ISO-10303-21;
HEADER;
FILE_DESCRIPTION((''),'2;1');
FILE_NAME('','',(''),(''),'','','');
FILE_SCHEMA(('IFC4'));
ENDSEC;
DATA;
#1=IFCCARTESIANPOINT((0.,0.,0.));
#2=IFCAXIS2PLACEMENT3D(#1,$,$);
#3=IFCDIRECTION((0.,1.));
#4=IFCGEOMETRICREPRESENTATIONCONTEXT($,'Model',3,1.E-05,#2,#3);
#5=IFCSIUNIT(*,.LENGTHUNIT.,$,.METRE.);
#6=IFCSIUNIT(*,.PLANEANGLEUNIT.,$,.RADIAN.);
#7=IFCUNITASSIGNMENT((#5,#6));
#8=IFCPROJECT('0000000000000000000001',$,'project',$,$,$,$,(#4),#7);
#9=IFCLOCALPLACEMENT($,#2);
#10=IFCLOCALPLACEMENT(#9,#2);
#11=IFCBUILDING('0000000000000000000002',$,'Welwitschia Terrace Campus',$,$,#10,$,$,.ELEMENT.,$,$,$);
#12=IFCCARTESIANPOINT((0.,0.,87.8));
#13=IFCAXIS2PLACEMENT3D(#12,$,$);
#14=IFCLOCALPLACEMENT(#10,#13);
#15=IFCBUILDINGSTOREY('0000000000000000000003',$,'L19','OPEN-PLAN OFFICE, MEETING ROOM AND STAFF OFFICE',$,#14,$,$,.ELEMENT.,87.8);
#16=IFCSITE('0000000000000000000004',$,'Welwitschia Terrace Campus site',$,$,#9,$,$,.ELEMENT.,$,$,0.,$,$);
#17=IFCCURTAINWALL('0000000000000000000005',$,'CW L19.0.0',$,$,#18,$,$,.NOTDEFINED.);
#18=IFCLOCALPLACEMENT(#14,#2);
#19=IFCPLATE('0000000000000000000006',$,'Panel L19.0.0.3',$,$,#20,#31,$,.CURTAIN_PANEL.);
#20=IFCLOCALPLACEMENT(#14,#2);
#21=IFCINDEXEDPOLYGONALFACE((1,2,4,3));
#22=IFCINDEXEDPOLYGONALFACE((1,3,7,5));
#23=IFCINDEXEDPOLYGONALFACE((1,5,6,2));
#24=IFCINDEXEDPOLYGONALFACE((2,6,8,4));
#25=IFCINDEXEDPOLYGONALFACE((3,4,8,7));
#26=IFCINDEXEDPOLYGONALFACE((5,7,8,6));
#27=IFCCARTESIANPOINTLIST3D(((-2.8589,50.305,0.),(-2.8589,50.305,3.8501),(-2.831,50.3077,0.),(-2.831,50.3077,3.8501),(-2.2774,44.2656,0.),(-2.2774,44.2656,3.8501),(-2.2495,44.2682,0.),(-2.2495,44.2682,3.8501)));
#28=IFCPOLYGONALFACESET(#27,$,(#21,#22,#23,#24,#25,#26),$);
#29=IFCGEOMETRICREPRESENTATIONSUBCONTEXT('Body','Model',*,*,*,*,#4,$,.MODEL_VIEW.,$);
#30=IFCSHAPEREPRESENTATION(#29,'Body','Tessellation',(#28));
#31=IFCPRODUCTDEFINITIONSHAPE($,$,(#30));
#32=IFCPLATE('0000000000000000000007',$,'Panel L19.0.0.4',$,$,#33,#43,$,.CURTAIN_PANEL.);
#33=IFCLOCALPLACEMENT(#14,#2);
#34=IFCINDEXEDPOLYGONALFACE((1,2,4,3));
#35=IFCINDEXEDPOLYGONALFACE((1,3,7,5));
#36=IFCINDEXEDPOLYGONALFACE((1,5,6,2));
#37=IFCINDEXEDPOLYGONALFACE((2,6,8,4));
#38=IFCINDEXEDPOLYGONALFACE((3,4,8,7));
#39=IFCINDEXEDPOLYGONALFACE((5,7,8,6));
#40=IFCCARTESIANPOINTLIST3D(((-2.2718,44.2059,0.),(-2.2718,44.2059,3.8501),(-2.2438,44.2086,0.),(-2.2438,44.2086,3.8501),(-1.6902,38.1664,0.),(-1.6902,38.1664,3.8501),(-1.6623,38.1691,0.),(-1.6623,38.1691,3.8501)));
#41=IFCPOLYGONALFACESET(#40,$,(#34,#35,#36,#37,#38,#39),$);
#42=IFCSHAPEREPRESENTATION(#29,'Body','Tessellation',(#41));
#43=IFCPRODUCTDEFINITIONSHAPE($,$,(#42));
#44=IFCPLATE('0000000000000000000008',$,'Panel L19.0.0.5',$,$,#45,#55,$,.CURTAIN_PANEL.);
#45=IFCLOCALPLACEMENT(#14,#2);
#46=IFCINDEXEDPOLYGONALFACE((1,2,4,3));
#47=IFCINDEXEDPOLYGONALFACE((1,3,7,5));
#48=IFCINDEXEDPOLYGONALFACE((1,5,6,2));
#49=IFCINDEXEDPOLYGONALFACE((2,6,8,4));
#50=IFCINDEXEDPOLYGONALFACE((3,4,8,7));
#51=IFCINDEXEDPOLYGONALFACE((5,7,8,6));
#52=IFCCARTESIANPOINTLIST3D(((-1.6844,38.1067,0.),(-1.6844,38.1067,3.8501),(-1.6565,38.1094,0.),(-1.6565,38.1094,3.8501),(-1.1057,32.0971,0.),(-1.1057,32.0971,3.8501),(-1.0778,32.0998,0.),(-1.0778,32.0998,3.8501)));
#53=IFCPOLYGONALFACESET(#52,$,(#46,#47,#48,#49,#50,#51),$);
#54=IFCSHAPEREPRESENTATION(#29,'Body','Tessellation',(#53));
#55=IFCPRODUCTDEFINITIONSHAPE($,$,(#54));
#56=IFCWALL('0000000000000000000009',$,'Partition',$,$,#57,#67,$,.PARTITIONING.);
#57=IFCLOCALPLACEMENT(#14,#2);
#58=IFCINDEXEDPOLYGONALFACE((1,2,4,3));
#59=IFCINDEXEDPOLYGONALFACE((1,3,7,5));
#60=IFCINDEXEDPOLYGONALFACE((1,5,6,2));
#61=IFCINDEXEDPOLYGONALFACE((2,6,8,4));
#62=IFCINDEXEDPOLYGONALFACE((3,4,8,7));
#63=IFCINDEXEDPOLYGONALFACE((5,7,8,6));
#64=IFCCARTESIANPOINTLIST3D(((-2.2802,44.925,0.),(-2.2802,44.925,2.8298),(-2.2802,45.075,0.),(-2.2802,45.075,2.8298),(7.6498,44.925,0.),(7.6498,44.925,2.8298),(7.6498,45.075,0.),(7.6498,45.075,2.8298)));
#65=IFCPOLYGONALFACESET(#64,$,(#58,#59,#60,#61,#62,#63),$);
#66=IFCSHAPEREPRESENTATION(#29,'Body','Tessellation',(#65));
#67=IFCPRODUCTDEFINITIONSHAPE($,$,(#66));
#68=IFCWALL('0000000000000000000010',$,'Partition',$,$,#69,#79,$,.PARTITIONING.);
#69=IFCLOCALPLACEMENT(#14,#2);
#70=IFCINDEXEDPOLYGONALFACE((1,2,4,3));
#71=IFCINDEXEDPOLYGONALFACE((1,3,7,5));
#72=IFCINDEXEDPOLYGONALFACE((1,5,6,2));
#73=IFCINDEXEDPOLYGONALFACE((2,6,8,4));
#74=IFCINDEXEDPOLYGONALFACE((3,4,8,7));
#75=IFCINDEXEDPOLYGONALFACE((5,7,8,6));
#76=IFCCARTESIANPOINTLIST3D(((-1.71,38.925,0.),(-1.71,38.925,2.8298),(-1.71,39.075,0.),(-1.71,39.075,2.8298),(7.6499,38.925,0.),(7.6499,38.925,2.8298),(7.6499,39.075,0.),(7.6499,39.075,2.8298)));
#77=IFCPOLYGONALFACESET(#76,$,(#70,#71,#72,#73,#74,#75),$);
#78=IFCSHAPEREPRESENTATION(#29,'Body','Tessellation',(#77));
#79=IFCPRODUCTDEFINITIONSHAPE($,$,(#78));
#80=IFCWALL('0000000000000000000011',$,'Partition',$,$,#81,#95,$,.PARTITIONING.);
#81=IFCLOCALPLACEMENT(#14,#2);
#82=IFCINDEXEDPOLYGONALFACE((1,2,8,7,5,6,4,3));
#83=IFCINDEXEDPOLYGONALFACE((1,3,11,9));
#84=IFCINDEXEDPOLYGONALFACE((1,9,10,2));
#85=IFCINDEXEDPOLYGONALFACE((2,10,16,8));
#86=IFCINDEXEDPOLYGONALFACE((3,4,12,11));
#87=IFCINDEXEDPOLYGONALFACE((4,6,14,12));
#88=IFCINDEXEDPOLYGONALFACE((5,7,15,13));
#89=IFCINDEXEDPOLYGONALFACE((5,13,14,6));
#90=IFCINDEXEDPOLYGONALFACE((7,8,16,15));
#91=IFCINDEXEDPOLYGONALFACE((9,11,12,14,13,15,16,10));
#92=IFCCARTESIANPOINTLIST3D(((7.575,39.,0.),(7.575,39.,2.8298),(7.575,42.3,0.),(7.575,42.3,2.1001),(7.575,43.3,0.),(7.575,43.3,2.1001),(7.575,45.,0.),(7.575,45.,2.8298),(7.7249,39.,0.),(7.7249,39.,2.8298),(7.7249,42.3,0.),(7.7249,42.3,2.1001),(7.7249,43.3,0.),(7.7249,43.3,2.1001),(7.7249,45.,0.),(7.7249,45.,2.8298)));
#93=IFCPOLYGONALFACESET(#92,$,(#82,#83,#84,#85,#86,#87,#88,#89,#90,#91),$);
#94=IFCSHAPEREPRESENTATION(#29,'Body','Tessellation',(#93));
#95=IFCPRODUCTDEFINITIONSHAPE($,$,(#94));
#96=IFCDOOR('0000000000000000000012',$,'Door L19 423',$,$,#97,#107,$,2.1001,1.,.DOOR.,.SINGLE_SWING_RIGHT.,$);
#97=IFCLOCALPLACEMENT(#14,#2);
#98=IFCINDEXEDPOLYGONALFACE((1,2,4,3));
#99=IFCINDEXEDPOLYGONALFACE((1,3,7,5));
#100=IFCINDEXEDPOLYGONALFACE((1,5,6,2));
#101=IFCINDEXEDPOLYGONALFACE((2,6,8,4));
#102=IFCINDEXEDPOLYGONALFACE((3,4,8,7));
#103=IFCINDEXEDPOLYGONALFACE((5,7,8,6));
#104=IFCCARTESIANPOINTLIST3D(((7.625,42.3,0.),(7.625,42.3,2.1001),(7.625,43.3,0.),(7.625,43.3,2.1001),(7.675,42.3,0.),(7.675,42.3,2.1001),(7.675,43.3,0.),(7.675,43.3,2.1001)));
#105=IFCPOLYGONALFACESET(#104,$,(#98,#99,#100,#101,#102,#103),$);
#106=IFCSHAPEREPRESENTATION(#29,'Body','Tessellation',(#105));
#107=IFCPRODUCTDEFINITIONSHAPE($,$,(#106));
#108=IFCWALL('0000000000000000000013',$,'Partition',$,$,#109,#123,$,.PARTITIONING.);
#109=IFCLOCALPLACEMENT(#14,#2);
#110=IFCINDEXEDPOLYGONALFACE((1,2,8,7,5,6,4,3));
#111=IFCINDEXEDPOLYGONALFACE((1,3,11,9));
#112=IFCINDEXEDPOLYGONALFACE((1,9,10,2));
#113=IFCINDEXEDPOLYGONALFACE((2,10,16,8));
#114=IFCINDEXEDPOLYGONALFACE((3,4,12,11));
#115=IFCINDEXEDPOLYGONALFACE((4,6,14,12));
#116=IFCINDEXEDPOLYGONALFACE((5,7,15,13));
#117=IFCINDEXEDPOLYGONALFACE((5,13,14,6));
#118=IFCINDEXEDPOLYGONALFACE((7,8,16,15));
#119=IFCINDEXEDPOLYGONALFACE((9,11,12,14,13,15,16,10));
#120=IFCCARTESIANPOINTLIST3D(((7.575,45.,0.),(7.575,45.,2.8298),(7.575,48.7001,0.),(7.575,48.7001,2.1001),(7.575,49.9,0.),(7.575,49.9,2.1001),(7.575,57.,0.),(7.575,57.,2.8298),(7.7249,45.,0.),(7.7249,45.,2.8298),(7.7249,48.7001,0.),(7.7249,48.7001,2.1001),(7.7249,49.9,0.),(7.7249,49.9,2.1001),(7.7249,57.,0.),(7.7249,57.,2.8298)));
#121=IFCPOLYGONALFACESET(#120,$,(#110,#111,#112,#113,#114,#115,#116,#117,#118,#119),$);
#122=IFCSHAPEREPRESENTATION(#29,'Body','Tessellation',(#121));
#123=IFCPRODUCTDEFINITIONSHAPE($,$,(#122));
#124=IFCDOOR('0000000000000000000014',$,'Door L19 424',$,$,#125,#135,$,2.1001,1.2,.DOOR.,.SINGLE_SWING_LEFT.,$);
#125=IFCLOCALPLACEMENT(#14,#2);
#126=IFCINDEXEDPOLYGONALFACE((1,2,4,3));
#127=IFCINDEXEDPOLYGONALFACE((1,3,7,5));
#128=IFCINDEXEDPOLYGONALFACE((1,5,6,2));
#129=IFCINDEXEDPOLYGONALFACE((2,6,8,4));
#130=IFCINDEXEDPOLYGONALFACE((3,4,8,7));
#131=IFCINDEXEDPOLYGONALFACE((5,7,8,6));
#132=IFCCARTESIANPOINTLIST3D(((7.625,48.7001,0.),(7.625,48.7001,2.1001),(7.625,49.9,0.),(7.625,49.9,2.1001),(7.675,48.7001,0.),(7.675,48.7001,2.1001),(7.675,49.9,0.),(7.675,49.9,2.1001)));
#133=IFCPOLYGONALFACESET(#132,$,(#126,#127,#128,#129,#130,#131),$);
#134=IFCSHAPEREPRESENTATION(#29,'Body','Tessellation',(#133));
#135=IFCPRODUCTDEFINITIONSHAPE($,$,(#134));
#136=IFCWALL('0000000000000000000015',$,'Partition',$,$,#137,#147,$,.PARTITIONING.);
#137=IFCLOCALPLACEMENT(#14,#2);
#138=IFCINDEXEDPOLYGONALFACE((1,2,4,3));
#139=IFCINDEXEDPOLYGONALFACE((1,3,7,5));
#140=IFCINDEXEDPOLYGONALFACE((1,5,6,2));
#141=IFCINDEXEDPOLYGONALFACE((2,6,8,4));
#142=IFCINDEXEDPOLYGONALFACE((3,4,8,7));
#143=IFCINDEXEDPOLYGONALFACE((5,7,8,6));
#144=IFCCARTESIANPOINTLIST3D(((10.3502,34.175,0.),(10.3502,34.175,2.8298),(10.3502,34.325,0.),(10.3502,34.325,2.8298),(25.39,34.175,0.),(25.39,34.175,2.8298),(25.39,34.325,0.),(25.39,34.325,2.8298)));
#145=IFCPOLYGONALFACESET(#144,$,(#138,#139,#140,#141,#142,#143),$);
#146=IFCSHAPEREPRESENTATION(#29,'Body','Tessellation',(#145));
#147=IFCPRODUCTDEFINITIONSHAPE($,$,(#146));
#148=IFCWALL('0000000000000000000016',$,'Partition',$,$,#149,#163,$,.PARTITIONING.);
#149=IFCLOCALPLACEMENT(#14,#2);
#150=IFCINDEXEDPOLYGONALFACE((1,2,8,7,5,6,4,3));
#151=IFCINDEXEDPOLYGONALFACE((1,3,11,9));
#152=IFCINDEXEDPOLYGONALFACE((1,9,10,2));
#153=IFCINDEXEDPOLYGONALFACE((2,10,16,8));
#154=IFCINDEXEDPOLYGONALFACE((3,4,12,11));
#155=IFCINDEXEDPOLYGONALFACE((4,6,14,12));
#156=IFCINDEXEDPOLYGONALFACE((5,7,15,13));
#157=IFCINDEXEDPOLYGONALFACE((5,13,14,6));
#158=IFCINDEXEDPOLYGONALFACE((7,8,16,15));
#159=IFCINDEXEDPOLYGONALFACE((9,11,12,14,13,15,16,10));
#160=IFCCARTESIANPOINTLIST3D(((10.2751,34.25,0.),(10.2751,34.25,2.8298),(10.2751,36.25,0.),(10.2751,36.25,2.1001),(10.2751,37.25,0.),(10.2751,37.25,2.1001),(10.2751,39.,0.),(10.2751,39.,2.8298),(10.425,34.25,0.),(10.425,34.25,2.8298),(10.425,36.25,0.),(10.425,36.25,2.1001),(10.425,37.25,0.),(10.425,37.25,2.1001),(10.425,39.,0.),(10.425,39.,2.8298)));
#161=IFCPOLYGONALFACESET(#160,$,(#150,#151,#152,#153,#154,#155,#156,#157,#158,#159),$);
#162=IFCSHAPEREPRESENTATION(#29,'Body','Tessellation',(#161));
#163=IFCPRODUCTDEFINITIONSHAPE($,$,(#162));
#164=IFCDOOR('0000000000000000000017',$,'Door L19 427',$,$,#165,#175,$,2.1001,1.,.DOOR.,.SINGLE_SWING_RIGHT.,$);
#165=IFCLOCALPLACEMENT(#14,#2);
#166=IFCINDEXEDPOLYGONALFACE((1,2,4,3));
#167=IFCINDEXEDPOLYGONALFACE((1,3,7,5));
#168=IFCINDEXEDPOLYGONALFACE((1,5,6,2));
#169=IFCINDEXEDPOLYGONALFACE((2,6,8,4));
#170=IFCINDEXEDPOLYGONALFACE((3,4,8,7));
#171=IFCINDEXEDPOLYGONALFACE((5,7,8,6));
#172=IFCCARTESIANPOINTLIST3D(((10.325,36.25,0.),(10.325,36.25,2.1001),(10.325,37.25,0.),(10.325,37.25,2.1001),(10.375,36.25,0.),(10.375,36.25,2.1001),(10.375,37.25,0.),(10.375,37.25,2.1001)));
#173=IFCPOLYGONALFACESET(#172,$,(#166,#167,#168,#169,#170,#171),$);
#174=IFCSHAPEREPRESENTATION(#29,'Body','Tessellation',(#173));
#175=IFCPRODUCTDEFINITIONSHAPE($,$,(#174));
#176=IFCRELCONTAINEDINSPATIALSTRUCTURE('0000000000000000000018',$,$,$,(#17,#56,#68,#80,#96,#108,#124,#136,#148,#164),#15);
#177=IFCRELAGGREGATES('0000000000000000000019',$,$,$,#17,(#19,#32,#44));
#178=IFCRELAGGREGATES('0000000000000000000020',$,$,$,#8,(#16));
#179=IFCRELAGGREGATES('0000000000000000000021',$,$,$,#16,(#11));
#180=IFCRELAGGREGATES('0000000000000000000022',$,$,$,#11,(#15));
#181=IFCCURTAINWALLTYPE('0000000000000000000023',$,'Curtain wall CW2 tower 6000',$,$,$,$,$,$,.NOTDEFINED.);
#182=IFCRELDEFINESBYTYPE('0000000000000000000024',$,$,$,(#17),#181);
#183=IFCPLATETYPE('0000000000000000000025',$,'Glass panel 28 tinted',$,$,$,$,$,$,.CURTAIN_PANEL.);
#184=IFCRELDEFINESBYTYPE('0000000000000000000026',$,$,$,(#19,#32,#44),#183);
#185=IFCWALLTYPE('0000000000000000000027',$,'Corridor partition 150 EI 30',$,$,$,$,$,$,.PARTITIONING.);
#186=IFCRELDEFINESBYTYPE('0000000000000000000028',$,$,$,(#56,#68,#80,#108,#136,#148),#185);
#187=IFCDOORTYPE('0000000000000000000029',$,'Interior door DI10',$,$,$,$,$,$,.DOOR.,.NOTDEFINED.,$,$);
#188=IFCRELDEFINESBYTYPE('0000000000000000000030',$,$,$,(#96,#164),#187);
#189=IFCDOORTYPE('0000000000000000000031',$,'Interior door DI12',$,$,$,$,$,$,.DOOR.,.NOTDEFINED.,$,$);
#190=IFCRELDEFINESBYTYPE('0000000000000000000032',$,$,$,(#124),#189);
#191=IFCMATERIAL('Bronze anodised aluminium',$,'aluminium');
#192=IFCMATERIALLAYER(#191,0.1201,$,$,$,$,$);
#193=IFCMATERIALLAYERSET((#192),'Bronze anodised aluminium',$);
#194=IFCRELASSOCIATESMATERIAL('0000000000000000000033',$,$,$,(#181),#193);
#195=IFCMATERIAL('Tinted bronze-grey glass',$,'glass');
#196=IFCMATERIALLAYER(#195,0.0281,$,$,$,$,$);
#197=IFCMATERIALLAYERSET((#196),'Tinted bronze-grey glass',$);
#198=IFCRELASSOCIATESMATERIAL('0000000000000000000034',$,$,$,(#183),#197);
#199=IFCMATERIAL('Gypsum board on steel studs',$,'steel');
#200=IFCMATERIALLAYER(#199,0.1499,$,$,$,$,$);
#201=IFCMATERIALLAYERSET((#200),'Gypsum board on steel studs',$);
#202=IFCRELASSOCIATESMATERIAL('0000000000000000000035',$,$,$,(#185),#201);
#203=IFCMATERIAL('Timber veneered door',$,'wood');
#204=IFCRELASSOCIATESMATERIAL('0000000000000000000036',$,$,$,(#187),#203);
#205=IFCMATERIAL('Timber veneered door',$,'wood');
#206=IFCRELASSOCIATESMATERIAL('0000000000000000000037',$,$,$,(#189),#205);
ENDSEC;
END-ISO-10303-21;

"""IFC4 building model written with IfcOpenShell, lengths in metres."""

from ifc_helpers import new_model, si_unit, direction, frame, frame_2d, origin, origin_2d, place, context, subcontext, project, spatial, rectangle, extrude, material, layer, layer_set, type_object, element, fill, aggregate, save


model = new_model("IFC4")

# Units and contexts
model_context = context("Model", 3, precision=1e-05, world=origin(), true_north=direction((0.0, 1.0)))
body_context = subcontext(model_context, "Body", "Model", "MODEL_VIEW")
ifc_project = project(units=[si_unit("LENGTHUNIT", "METRE"), si_unit("PLANEANGLEUNIT", "RADIAN")], contexts=[model_context])

# Site, building, storey
site_placement = place(None, origin())
site = spatial("IfcSite", under=ifc_project, at=site_placement, Name="Welwitschia Terrace Campus site", CompositionType="ELEMENT", RefElevation=0.0)
building_placement = place(site_placement, origin())
building = spatial("IfcBuilding", under=site, at=building_placement, Name="Welwitschia Terrace Campus", CompositionType="ELEMENT")
storey_placement = place(building_placement, frame((0.0, 0.0, 87.8)))
storey = spatial("IfcBuildingStorey", under=building, at=storey_placement, Name="L19", Description="OPEN-PLAN OFFICE, MEETING ROOM AND STAFF OFFICE", CompositionType="ELEMENT", Elevation=87.8)

# Curtain wall
ifc_material_1 = material(Name="Bronze anodised aluminium", Category="aluminium")
ifc_layer_1 = layer(ifc_material_1, 0.1201)
ifc_layer_set_1 = layer_set([ifc_layer_1], Name="Bronze anodised aluminium")
curtain_wall_type = type_object("IfcCurtainWallType", Name="Curtain wall CW2 tower 6000", PredefinedType="NOTDEFINED", material=ifc_layer_set_1)
curtain_wall_placement = place(storey_placement, origin())
curtain_wall = element("IfcCurtainWall", 1, at=curtain_wall_placement, inside=storey, type_object=curtain_wall_type, Name="CW L19.0.0", PredefinedType="NOTDEFINED")

# Plates
ifc_material_2 = material(Name="Tinted bronze-grey glass", Category="glass")
ifc_layer_2 = layer(ifc_material_2, 0.0281)
ifc_layer_set_2 = layer_set([ifc_layer_2], Name="Tinted bronze-grey glass")
plate_type = type_object("IfcPlateType", Name="Glass panel 28 tinted", PredefinedType="CURTAIN_PANEL", material=ifc_layer_set_2)
plate_1_placement = place(storey_placement, frame((-2.5542, 47.2866, 0.0), z_axis=(0.0, 0.0, 1.0), x_axis=(0.095846, -0.995396, 0.0)))
plate_1 = element("IfcPlate", 2, at=plate_1_placement, type_object=plate_type, Name="Panel L19.0.0.3", PredefinedType="CURTAIN_PANEL", context=body_context, shape_type="SweptSolid", body=[
    extrude(rectangle(XDim=6.0674, YDim=0.0281, at=origin_2d()), origin(), (0.0, 0.0, 1.0), 3.8501),
])
plate_2_placement = place(storey_placement, frame((-1.967, 41.1875, 0.0), z_axis=(0.0, 0.0, 1.0), x_axis=(0.095846, -0.995396, 0.0)))
plate_2 = element("IfcPlate", 3, at=plate_2_placement, type_object=plate_type, Name="Panel L19.0.0.4", PredefinedType="CURTAIN_PANEL", context=body_context, shape_type="SweptSolid", body=[
    extrude(rectangle(XDim=6.0674, YDim=0.0281, at=origin_2d()), origin(), (0.0, 0.0, 1.0), 3.8501),
])
plate_3_placement = place(storey_placement, frame((-1.3811, 35.1033, 0.0), z_axis=(0.0, 0.0, 1.0), x_axis=(0.095846, -0.995396, 0.0)))
plate_3 = element("IfcPlate", 4, at=plate_3_placement, type_object=plate_type, Name="Panel L19.0.0.5", PredefinedType="CURTAIN_PANEL", context=body_context, shape_type="SweptSolid", body=[
    extrude(rectangle(XDim=6.0374, YDim=0.0281, at=origin_2d()), origin(), (0.0, 0.0, 1.0), 3.8501),
])
aggregate(curtain_wall, [plate_1, plate_2, plate_3])

# Walls
ifc_material_3 = material(Name="Gypsum board on steel studs", Category="steel")
ifc_layer_3 = layer(ifc_material_3, 0.1499)
ifc_layer_set_3 = layer_set([ifc_layer_3], Name="Gypsum board on steel studs")
wall_type = type_object("IfcWallType", Name="Corridor partition 150 EI 30", PredefinedType="PARTITIONING", material=ifc_layer_set_3)
wall_1_placement = place(storey_placement, frame((-2.28, 45.0, 0.0), z_axis=(0.0, 0.0, 1.0), x_axis=(1.0, 0.0, 0.0)))
element("IfcWall", 5, at=wall_1_placement, inside=storey, type_object=wall_type, Name="Partition", PredefinedType="PARTITIONING", context=body_context, shape_type="SweptSolid", body=[
    extrude(rectangle(XDim=9.9299, YDim=0.1499, at=frame_2d((4.9648, 0.0))), origin(), (0.0, 0.0, 1.0), 2.8298),
])
wall_2_placement = place(storey_placement, frame((-1.71, 39.0, 0.0), z_axis=(0.0, 0.0, 1.0), x_axis=(1.0, 0.0, 0.0)))
element("IfcWall", 6, at=wall_2_placement, inside=storey, type_object=wall_type, Name="Partition", PredefinedType="PARTITIONING", context=body_context, shape_type="SweptSolid", body=[
    extrude(rectangle(XDim=9.3599, YDim=0.1499, at=frame_2d((4.6799, 0.0))), origin(), (0.0, 0.0, 1.0), 2.8298),
])

# Walls, openings, doors
wall_3_placement = place(storey_placement, frame((7.6499, 39.0, 0.0), z_axis=(0.0, 0.0, 1.0), x_axis=(0.0, 1.0, 0.0)))
wall_3 = element("IfcWall", 7, at=wall_3_placement, inside=storey, type_object=wall_type, Name="Partition", PredefinedType="PARTITIONING", context=body_context, shape_type="SweptSolid", body=[
    extrude(rectangle(XDim=6.0, YDim=0.1499, at=frame_2d((3.0, 0.0))), origin(), (0.0, 0.0, 1.0), 2.8298),
])
opening_1_placement = place(wall_3_placement, frame((3.3, 0.0, 0.0)))
opening_1 = element("IfcOpeningElement", 8, at=opening_1_placement, cuts=wall_3, PredefinedType="OPENING", context=body_context, shape_type="SweptSolid", body=[
    extrude(rectangle(XDim=1.0, YDim=2.1001, at=frame_2d((0.5, 1.05))), frame((0.0, 0.085, 0.0), z_axis=(0.0, -1.0, 0.0), x_axis=(1.0, 0.0, 0.0)), (0.0, 0.0, 1.0), 0.1699),
])
ifc_material_4 = material(Name="Timber veneered door", Category="wood")
door_type_1 = type_object("IfcDoorType", Name="Interior door DI10", OperationType="NOTDEFINED", PredefinedType="DOOR", material=ifc_material_4)
door_1_placement = place(opening_1_placement, origin())
door_1 = element("IfcDoor", 9, at=door_1_placement, inside=storey, type_object=door_type_1, Name="Door L19 423", OperationType="SINGLE_SWING_RIGHT", OverallHeight=2.1001, OverallWidth=1.0, PredefinedType="DOOR", context=body_context, shape_type="SweptSolid", body=[
    extrude(rectangle(XDim=1.0, YDim=2.1001, at=frame_2d((0.5, 1.05))), frame((0.0, 0.0249, 0.0), z_axis=(0.0, -1.0, 0.0), x_axis=(1.0, 0.0, 0.0)), (0.0, 0.0, 1.0), 0.05),
])
fill(opening_1, door_1)
wall_4_placement = place(storey_placement, frame((7.6499, 45.0, 0.0), z_axis=(0.0, 0.0, 1.0), x_axis=(0.0, 1.0, 0.0)))
wall_4 = element("IfcWall", 10, at=wall_4_placement, inside=storey, type_object=wall_type, Name="Partition", PredefinedType="PARTITIONING", context=body_context, shape_type="SweptSolid", body=[
    extrude(rectangle(XDim=12.0, YDim=0.1499, at=frame_2d((6.0, 0.0))), origin(), (0.0, 0.0, 1.0), 2.8298),
])
opening_2_placement = place(wall_4_placement, frame((3.7, 0.0, 0.0)))
opening_2 = element("IfcOpeningElement", 11, at=opening_2_placement, cuts=wall_4, PredefinedType="OPENING", context=body_context, shape_type="SweptSolid", body=[
    extrude(rectangle(XDim=1.2, YDim=2.1001, at=frame_2d((0.6001, 1.05))), frame((0.0, 0.085, 0.0), z_axis=(0.0, -1.0, 0.0), x_axis=(1.0, 0.0, 0.0)), (0.0, 0.0, 1.0), 0.1699),
])
ifc_material_5 = material(Name="Timber veneered door", Category="wood")
door_type_2 = type_object("IfcDoorType", Name="Interior door DI12", OperationType="NOTDEFINED", PredefinedType="DOOR", material=ifc_material_5)
door_2_placement = place(opening_2_placement, origin())
door_2 = element("IfcDoor", 12, at=door_2_placement, inside=storey, type_object=door_type_2, Name="Door L19 424", OperationType="SINGLE_SWING_LEFT", OverallHeight=2.1001, OverallWidth=1.2, PredefinedType="DOOR", context=body_context, shape_type="SweptSolid", body=[
    extrude(rectangle(XDim=1.2, YDim=2.1001, at=frame_2d((0.6001, 1.05))), frame((0.0, 0.0249, 0.0), z_axis=(0.0, -1.0, 0.0), x_axis=(1.0, 0.0, 0.0)), (0.0, 0.0, 1.0), 0.05),
])
fill(opening_2, door_2)

# Wall
wall_5_placement = place(storey_placement, frame((10.3501, 34.25, 0.0), z_axis=(0.0, 0.0, 1.0), x_axis=(1.0, 0.0, 0.0)))
element("IfcWall", 13, at=wall_5_placement, inside=storey, type_object=wall_type, Name="Partition", PredefinedType="PARTITIONING", context=body_context, shape_type="SweptSolid", body=[
    extrude(rectangle(XDim=15.0398, YDim=0.1499, at=frame_2d((7.52, 0.0))), origin(), (0.0, 0.0, 1.0), 2.8298),
])

# Wall, opening, door
wall_6_placement = place(storey_placement, frame((10.3501, 39.0, 0.0), z_axis=(0.0, 0.0, 1.0), x_axis=(0.0, -1.0, 0.0)))
wall_6 = element("IfcWall", 14, at=wall_6_placement, inside=storey, type_object=wall_type, Name="Partition", PredefinedType="PARTITIONING", context=body_context, shape_type="SweptSolid", body=[
    extrude(rectangle(XDim=4.75, YDim=0.1499, at=frame_2d((2.375, 0.0))), origin(), (0.0, 0.0, 1.0), 2.8298),
])
opening_3_placement = place(wall_6_placement, frame((1.75, 0.0, 0.0)))
opening_3 = element("IfcOpeningElement", 15, at=opening_3_placement, cuts=wall_6, PredefinedType="OPENING", context=body_context, shape_type="SweptSolid", body=[
    extrude(rectangle(XDim=1.0, YDim=2.1001, at=frame_2d((0.5, 1.05))), frame((0.0, 0.085, 0.0), z_axis=(0.0, -1.0, 0.0), x_axis=(1.0, 0.0, 0.0)), (0.0, 0.0, 1.0), 0.1699),
])
door_3_placement = place(opening_3_placement, origin())
door_3 = element("IfcDoor", 16, at=door_3_placement, inside=storey, type_object=door_type_1, Name="Door L19 427", OperationType="SINGLE_SWING_RIGHT", OverallHeight=2.1001, OverallWidth=1.0, PredefinedType="DOOR", context=body_context, shape_type="SweptSolid", body=[
    extrude(rectangle(XDim=1.0, YDim=2.1001, at=frame_2d((0.5, 1.05))), frame((0.0, 0.0249, 0.0), z_axis=(0.0, -1.0, 0.0), x_axis=(1.0, 0.0, 0.0)), (0.0, 0.0, 1.0), 0.05),
])
fill(opening_3, door_3)

save(model, "model.ifc")
